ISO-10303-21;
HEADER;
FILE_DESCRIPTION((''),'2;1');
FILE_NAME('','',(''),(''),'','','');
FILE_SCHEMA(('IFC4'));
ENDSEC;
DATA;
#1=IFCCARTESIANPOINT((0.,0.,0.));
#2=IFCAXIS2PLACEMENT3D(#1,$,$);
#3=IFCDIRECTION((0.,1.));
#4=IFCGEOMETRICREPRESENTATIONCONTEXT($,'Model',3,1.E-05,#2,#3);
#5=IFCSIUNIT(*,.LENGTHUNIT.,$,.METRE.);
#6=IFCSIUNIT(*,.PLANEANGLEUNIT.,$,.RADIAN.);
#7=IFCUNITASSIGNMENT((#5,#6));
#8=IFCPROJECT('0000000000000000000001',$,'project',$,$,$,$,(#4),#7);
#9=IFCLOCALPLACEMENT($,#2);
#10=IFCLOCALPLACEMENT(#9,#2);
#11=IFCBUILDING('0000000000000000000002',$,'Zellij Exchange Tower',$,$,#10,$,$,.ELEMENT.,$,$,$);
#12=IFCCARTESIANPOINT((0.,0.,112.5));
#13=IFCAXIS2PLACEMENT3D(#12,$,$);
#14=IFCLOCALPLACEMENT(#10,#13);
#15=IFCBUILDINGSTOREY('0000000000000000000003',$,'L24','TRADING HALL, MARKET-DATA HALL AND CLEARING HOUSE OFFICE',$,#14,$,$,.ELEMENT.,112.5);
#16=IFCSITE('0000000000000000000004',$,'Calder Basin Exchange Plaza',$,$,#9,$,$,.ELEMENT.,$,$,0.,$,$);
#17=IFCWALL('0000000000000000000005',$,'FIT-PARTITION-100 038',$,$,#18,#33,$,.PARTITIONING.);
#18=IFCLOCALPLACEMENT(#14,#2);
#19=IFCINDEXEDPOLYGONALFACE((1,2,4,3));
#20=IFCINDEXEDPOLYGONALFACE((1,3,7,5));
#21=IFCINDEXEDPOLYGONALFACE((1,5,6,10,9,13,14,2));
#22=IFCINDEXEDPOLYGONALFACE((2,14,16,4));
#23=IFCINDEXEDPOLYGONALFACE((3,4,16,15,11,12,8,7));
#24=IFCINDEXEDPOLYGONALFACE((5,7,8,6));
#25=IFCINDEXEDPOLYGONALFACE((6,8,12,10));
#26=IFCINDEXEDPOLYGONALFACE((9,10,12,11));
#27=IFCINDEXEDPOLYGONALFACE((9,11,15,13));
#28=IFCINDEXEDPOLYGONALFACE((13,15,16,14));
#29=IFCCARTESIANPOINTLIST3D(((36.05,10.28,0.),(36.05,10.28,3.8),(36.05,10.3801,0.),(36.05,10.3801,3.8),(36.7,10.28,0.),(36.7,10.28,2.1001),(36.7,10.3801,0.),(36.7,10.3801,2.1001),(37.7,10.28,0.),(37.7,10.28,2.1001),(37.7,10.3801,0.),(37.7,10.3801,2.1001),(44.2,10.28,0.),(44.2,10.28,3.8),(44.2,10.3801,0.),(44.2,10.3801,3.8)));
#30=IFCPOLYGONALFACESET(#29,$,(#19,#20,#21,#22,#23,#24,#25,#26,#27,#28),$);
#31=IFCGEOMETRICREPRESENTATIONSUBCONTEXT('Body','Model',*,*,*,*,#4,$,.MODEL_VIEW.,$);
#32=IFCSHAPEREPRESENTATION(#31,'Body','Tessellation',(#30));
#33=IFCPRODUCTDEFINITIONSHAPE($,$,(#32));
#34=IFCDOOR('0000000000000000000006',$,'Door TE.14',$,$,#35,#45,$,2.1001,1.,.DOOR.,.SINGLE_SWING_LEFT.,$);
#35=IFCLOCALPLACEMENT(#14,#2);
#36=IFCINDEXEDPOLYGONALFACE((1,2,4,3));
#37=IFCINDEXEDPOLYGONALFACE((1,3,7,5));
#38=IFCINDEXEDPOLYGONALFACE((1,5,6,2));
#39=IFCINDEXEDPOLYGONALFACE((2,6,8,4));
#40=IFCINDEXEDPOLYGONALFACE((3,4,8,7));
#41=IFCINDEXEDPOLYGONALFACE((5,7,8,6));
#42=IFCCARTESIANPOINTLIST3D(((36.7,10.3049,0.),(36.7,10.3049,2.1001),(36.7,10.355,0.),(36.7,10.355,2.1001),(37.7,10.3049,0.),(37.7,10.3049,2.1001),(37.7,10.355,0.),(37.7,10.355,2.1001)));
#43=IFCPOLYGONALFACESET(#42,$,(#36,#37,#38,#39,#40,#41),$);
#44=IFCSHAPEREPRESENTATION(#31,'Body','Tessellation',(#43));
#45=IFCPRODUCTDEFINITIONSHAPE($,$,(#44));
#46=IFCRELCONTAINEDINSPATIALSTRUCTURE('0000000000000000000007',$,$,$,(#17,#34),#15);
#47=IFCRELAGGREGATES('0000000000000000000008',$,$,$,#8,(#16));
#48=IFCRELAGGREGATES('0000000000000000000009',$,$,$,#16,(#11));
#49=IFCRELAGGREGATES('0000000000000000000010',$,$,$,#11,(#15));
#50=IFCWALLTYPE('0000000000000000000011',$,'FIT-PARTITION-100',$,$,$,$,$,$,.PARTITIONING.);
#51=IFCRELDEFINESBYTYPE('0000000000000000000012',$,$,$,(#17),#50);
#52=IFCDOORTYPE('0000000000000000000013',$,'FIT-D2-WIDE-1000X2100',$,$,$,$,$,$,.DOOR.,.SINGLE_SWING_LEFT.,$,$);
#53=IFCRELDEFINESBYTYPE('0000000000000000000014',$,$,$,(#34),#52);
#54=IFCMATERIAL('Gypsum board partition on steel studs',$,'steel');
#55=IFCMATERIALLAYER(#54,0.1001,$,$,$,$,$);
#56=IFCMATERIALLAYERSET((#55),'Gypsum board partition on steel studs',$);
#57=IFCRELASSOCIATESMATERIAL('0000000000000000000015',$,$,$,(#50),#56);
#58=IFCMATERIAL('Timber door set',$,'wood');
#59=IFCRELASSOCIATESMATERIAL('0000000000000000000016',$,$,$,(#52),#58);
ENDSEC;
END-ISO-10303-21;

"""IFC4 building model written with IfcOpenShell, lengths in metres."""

from ifc_helpers import new_model, si_unit, direction, frame, frame_2d, origin, place, context, subcontext, project, spatial, rectangle, extrude, material, layer, layer_set, type_object, element, fill, save


model = new_model("IFC4")

# Units and contexts
model_context = context("Model", 3, precision=1e-05, world=origin(), true_north=direction((0.0, 1.0)))
body_context = subcontext(model_context, "Body", "Model", "MODEL_VIEW")
ifc_project = project(units=[si_unit("LENGTHUNIT", "METRE"), si_unit("PLANEANGLEUNIT", "RADIAN")], contexts=[model_context])

# Site, building, storey
site_placement = place(None, origin())
site = spatial("IfcSite", under=ifc_project, at=site_placement, Name="Calder Basin Exchange Plaza", CompositionType="ELEMENT", RefElevation=0.0)
building_placement = place(site_placement, origin())
building = spatial("IfcBuilding", under=site, at=building_placement, Name="Zellij Exchange Tower", CompositionType="ELEMENT")
storey_placement = place(building_placement, frame((0.0, 0.0, 112.5)))
storey = spatial("IfcBuildingStorey", under=building, at=storey_placement, Name="L24", Description="TRADING HALL, MARKET-DATA HALL AND CLEARING HOUSE OFFICE", CompositionType="ELEMENT", Elevation=112.5)

# Shared definitions
ifc_material_1 = material(Name="Gypsum board partition on steel studs", Category="steel")
ifc_layer_1 = layer(ifc_material_1, 0.1001)
ifc_layer_set_1 = layer_set([ifc_layer_1], Name="Gypsum board partition on steel studs")
wall_type_1 = type_object("IfcWallType", Name="FIT-PARTITION-100", PredefinedType="PARTITIONING", material=ifc_layer_set_1)

# Wall, opening, door
wall_1_placement = place(storey_placement, frame((36.05, 10.3301, 0.0), z_axis=(0.0, 0.0, 1.0), x_axis=(1.0, 0.0, 0.0)))
wall_1 = element("IfcWall", 1, at=wall_1_placement, inside=storey, type_object=wall_type_1, Name="FIT-PARTITION-100 038", PredefinedType="PARTITIONING", context=body_context, shape_type="SweptSolid", body=[
    extrude(rectangle(XDim=8.1499, YDim=0.1001, at=frame_2d((4.075, 0.0))), origin(), (0.0, 0.0, 1.0), 3.8),
])
opening_1_placement = place(wall_1_placement, frame((0.6499, 0.0, 0.0)))
opening_1 = element("IfcOpeningElement", 2, at=opening_1_placement, cuts=wall_1, PredefinedType="OPENING", context=body_context, shape_type="SweptSolid", body=[
    extrude(rectangle(XDim=1.0, YDim=2.1001, at=frame_2d((0.5, 1.05))), frame((0.0, 0.062, 0.0), z_axis=(0.0, -1.0, 0.0), x_axis=(1.0, 0.0, 0.0)), (0.0, 0.0, 1.0), 0.124),
])
ifc_material_2 = material(Name="Timber door set", Category="wood")
door_type = type_object("IfcDoorType", Name="FIT-D2-WIDE-1000X2100", OperationType="SINGLE_SWING_LEFT", PredefinedType="DOOR", material=ifc_material_2)
door_placement = place(opening_1_placement, origin())
door = element("IfcDoor", 3, at=door_placement, inside=storey, type_object=door_type, Name="Door TE.14", OperationType="SINGLE_SWING_LEFT", OverallHeight=2.1001, OverallWidth=1.0, PredefinedType="DOOR", context=body_context, shape_type="SweptSolid", body=[
    extrude(rectangle(XDim=1.0, YDim=2.1001, at=frame_2d((0.5, 1.05))), frame((0.0, 0.0249, 0.0), z_axis=(0.0, -1.0, 0.0), x_axis=(1.0, 0.0, 0.0)), (0.0, 0.0, 1.0), 0.05),
])
fill(opening_1, door)

save(model, "model.ifc")
